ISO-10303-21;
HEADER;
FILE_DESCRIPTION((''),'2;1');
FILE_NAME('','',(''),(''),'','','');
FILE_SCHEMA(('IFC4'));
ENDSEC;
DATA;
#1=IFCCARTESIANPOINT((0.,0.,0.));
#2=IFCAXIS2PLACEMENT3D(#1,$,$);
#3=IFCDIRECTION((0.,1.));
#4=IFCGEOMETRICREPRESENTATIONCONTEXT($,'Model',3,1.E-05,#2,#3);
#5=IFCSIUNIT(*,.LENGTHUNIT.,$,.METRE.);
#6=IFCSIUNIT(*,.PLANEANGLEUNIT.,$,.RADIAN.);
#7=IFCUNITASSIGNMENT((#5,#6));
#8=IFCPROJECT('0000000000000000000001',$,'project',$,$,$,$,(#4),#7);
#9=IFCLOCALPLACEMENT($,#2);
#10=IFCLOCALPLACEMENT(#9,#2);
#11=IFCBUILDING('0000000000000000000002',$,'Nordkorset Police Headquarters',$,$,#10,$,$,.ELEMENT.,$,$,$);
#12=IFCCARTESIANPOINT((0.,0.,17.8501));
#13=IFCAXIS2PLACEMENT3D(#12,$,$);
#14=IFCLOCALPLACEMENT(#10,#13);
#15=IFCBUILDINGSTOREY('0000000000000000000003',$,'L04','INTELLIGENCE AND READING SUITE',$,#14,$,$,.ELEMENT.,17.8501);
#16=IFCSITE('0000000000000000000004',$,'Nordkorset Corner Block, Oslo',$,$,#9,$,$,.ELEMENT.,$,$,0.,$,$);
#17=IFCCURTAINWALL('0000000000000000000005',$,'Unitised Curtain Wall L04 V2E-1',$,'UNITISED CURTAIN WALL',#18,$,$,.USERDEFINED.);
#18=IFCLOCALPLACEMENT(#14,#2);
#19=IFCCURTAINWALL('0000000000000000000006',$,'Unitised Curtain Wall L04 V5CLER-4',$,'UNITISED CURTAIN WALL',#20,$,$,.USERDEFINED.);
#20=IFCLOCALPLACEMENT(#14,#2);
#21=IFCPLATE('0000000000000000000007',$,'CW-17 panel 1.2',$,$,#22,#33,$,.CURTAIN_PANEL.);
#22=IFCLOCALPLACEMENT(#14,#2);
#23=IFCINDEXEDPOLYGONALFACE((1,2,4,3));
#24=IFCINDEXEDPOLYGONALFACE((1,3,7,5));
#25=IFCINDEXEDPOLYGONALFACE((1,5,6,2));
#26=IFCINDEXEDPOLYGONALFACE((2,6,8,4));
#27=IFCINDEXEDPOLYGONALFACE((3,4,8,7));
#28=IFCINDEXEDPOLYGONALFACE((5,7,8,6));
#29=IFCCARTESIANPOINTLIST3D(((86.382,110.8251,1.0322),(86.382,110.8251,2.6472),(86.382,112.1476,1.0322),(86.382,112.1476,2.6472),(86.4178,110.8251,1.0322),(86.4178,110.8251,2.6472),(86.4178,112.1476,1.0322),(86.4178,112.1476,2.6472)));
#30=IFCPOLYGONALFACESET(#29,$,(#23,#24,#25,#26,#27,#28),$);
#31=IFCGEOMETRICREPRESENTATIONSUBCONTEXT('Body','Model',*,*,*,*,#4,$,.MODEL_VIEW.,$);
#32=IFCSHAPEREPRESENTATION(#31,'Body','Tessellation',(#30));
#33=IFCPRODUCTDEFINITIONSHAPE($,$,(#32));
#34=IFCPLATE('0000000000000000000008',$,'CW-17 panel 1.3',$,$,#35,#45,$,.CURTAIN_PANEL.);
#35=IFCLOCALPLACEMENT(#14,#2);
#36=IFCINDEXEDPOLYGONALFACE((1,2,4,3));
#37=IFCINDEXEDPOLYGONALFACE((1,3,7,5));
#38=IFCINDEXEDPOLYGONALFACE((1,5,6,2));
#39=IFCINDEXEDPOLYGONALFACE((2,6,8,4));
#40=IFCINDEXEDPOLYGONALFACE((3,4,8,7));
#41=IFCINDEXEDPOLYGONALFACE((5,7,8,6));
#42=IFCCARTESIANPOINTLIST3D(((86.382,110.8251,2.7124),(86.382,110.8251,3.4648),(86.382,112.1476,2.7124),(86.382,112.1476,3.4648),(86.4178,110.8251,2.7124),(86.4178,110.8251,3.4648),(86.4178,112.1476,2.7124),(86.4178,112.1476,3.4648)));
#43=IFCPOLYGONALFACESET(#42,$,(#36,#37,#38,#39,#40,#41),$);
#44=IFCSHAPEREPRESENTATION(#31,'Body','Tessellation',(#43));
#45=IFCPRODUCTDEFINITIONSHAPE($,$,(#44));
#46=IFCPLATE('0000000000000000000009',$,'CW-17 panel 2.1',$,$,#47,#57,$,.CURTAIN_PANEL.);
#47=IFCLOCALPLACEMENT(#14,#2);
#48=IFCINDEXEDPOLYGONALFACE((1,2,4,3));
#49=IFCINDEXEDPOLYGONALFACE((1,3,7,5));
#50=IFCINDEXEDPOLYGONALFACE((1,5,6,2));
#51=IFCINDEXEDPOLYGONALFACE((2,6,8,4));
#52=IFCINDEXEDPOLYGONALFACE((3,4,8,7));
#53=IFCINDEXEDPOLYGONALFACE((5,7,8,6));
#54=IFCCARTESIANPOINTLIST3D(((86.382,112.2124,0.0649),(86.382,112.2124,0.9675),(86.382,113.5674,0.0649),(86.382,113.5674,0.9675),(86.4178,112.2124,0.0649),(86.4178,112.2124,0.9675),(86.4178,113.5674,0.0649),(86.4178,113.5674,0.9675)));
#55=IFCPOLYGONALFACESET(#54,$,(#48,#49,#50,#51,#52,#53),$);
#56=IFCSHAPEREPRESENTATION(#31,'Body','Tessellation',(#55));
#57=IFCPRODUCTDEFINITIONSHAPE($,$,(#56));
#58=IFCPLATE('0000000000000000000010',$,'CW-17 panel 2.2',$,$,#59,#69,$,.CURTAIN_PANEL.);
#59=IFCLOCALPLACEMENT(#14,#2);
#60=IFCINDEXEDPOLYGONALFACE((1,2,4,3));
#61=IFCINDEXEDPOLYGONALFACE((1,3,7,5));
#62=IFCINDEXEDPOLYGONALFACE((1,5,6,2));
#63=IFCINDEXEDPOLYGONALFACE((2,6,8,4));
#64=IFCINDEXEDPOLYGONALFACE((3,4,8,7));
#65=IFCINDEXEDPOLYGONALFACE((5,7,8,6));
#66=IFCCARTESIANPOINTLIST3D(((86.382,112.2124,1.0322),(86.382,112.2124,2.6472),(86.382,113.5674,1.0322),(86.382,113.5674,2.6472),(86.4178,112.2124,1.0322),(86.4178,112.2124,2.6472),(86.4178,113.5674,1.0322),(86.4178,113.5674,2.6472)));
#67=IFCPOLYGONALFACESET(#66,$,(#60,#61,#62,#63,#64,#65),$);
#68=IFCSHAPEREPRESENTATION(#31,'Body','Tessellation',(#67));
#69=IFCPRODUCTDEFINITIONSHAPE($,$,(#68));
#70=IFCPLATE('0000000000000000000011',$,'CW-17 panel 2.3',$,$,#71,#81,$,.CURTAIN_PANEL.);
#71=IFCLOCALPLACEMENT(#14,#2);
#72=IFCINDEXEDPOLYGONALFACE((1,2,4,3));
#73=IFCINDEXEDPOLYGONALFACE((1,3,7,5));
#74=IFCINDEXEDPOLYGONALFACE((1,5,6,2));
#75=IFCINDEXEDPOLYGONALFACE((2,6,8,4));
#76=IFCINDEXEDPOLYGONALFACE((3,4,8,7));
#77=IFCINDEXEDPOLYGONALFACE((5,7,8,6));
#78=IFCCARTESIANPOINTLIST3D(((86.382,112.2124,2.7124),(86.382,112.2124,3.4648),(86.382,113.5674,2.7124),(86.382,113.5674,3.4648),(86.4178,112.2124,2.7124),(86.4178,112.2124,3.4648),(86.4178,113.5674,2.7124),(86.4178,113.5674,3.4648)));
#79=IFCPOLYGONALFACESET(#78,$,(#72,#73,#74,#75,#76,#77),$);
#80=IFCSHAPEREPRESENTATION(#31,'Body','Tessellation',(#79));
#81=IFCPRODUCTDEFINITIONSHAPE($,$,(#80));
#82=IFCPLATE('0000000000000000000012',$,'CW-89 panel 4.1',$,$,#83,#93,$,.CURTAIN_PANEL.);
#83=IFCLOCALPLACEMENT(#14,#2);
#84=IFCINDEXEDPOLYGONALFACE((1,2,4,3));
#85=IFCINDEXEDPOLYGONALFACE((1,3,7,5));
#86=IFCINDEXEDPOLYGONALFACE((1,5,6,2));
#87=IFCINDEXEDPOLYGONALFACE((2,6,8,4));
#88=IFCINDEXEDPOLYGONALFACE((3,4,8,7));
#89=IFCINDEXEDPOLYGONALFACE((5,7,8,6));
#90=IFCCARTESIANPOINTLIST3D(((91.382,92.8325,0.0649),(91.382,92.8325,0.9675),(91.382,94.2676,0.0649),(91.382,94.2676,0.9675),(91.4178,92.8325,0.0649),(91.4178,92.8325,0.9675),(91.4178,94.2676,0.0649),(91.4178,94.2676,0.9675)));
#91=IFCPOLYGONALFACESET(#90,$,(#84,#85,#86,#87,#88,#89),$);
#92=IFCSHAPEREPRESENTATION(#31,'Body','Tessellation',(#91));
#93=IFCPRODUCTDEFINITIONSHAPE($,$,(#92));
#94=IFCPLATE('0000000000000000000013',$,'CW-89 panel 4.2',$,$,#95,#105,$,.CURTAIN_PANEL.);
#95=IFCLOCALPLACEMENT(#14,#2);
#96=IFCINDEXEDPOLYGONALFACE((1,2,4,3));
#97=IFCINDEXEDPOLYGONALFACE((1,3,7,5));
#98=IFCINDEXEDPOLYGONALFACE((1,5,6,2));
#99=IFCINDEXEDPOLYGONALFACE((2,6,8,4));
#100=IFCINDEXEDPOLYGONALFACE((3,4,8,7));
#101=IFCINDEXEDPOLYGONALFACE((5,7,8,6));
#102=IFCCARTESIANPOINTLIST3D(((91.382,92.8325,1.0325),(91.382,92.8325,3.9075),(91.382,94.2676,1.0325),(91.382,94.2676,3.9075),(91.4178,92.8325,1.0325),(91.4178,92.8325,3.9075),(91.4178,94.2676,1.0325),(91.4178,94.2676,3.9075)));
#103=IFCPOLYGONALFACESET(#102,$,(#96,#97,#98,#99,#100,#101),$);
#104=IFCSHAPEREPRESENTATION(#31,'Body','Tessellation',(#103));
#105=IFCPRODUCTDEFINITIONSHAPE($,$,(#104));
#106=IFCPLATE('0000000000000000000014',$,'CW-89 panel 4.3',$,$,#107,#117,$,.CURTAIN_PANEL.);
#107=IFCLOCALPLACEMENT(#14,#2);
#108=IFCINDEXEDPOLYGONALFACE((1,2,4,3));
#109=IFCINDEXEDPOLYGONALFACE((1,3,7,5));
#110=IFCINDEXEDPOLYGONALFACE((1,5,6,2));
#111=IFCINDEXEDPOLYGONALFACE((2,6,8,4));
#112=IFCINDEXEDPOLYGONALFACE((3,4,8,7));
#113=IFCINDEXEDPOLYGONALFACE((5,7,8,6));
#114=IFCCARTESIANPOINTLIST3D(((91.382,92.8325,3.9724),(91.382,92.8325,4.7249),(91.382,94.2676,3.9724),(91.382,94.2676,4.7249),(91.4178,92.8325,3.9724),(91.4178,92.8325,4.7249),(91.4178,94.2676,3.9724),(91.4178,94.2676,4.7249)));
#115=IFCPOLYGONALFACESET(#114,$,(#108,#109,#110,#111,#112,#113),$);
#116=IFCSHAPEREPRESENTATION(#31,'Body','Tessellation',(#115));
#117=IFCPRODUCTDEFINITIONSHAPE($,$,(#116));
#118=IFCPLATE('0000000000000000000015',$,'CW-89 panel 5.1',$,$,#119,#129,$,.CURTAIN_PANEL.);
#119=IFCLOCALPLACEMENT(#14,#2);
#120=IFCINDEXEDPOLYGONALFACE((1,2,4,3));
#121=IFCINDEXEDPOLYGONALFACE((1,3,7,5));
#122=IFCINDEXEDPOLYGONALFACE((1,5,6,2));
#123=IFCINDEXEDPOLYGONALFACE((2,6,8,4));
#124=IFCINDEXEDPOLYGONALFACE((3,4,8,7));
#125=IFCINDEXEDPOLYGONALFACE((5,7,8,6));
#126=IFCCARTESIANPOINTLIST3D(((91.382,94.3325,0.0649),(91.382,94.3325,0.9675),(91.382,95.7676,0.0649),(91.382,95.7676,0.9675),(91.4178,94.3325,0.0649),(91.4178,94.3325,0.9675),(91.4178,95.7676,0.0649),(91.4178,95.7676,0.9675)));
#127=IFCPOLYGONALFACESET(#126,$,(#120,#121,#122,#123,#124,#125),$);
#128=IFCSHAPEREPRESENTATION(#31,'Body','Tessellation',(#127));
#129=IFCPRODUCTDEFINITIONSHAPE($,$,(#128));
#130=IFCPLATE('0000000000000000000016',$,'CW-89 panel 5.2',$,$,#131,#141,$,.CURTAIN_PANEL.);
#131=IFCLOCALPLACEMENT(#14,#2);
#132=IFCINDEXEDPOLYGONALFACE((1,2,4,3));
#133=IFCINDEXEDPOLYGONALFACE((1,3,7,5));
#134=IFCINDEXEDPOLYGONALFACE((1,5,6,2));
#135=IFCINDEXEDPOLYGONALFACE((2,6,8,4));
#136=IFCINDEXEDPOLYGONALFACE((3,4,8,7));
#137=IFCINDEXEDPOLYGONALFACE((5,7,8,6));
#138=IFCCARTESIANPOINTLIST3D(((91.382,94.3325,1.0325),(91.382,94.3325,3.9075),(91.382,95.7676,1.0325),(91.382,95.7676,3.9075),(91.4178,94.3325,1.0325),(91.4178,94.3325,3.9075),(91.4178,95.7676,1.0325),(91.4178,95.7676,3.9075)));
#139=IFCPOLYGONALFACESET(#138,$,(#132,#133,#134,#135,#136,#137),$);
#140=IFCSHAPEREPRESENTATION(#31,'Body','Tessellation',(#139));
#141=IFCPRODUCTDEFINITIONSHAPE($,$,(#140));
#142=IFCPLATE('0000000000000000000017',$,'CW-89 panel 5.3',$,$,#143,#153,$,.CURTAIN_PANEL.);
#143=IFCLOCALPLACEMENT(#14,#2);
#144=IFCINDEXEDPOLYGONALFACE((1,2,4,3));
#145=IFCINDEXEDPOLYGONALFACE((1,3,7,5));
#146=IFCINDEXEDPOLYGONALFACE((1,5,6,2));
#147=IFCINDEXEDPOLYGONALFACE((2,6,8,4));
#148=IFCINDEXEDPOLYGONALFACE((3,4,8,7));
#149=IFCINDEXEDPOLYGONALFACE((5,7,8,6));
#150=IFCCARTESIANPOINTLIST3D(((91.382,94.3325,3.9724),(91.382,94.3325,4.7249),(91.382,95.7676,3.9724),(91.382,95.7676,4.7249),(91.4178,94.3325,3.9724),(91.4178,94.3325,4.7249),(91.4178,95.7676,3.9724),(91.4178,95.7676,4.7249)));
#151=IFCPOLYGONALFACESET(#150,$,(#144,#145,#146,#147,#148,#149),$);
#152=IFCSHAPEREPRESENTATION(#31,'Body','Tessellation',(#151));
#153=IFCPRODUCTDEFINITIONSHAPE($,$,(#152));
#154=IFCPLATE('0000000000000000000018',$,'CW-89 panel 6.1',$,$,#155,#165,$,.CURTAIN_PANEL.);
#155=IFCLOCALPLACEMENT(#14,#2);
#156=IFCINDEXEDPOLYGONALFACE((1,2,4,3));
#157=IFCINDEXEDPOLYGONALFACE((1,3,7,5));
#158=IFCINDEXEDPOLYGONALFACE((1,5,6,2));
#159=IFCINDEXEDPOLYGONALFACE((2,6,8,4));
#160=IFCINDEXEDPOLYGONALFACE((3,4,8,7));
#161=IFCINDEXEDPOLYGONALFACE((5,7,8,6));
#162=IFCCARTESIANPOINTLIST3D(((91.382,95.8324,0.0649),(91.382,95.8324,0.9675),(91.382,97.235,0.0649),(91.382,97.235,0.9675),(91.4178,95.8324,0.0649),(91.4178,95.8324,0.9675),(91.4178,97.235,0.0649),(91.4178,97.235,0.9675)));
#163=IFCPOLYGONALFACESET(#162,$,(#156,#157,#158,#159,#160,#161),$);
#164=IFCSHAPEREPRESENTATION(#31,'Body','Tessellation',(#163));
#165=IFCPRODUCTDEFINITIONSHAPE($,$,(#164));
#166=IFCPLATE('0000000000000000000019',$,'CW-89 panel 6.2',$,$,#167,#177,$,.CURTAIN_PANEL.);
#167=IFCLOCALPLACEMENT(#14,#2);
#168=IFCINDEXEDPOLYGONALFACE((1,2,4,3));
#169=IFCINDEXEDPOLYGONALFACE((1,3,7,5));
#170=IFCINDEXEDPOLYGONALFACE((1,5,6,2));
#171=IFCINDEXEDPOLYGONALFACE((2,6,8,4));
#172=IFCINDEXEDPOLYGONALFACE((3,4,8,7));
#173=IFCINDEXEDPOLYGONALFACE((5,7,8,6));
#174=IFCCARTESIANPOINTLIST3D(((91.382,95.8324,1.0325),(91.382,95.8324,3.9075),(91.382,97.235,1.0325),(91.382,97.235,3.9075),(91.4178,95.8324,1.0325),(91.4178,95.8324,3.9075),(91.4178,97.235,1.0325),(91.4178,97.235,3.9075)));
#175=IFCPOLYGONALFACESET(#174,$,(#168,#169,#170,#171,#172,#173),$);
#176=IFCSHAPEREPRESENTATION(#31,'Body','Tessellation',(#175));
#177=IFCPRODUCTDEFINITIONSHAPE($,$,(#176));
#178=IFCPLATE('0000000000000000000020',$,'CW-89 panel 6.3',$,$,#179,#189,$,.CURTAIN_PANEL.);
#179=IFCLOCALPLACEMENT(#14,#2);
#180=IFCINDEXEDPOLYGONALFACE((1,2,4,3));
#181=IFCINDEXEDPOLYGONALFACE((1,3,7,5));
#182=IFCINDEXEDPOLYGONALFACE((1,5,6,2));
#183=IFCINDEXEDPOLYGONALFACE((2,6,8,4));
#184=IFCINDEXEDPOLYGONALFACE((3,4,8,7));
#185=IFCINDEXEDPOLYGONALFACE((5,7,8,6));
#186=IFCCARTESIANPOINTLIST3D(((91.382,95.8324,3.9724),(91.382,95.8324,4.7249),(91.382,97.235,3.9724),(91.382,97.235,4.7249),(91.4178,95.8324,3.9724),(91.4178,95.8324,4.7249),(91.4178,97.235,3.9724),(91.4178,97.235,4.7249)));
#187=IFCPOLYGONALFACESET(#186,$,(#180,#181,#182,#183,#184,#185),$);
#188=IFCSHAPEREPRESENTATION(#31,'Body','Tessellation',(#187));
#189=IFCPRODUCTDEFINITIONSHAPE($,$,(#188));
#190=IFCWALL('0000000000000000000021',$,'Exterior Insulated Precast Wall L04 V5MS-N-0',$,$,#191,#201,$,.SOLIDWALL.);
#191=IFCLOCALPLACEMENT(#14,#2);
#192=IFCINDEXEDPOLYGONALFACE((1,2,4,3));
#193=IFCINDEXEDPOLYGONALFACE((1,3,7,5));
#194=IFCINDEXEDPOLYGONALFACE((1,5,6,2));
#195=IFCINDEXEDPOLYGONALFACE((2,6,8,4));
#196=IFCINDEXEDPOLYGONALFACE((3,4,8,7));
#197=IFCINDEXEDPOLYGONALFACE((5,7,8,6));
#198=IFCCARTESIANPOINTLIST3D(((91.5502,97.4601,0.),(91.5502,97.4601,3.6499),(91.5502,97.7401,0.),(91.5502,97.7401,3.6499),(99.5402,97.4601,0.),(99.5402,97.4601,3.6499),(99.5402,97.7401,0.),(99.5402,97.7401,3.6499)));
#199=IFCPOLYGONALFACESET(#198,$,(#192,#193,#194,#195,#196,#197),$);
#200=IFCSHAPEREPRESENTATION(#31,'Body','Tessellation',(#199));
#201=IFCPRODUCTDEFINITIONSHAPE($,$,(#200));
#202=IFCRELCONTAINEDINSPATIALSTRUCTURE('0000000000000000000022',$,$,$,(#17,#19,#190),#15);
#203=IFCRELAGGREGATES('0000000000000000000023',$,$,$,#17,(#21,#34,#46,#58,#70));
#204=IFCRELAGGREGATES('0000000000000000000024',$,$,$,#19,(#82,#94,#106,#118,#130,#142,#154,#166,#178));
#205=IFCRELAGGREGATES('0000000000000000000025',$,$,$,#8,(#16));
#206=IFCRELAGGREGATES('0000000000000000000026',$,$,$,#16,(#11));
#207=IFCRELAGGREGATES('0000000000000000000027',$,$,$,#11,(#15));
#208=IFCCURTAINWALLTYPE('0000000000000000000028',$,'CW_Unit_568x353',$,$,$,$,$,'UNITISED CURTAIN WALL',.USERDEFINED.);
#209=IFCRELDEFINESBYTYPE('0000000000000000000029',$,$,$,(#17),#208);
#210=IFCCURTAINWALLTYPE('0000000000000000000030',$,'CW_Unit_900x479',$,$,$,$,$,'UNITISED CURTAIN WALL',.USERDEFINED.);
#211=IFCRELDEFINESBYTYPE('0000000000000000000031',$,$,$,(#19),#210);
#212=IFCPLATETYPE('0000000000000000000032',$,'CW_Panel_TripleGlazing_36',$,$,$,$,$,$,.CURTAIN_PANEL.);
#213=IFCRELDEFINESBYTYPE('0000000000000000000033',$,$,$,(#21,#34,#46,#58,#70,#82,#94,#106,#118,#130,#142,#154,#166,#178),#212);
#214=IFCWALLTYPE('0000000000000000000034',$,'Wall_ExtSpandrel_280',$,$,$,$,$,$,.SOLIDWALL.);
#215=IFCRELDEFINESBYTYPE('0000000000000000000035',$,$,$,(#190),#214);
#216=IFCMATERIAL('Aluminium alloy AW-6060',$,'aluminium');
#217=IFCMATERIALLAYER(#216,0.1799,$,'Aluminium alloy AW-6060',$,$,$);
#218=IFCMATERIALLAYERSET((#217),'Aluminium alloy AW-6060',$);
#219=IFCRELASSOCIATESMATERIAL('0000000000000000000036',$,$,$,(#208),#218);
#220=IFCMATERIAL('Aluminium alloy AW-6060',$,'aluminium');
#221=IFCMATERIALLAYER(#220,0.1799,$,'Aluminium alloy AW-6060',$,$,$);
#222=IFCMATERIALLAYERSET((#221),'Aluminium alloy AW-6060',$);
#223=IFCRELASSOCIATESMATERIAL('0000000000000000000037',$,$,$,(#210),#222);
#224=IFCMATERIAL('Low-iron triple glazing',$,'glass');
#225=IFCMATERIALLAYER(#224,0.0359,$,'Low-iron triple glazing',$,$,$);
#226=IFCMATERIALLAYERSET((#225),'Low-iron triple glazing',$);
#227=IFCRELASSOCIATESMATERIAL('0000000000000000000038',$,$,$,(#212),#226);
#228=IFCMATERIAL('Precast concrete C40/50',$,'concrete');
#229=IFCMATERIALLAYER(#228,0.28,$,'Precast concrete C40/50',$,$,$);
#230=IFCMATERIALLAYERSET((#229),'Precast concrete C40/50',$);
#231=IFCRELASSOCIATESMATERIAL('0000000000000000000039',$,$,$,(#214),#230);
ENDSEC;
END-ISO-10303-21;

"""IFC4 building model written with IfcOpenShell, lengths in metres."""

from ifc_helpers import new_model, si_unit, direction, frame, frame_2d, origin, origin_2d, place, context, subcontext, project, spatial, rectangle, extrude, material, layer, layer_set, type_object, element, aggregate, save


model = new_model("IFC4")

# Units and contexts
model_context = context("Model", 3, precision=1e-05, world=origin(), true_north=direction((0.0, 1.0)))
body_context = subcontext(model_context, "Body", "Model", "MODEL_VIEW")
ifc_project = project(units=[si_unit("LENGTHUNIT", "METRE"), si_unit("PLANEANGLEUNIT", "RADIAN")], contexts=[model_context])

# Site, building, storey
site_placement = place(None, origin())
site = spatial("IfcSite", under=ifc_project, at=site_placement, Name="Nordkorset Corner Block, Oslo", CompositionType="ELEMENT", RefElevation=0.0)
building_placement = place(site_placement, origin())
building = spatial("IfcBuilding", under=site, at=building_placement, Name="Nordkorset Police Headquarters", CompositionType="ELEMENT")
storey_placement = place(building_placement, frame((0.0, 0.0, 17.8501)))
storey = spatial("IfcBuildingStorey", under=building, at=storey_placement, Name="L04", Description="INTELLIGENCE AND READING SUITE", CompositionType="ELEMENT", Elevation=17.8501)

# Curtain wall
ifc_material_1 = material(Name="Aluminium alloy AW-6060", Category="aluminium")
ifc_layer_1 = layer(ifc_material_1, 0.1799, Name="Aluminium alloy AW-6060")
ifc_layer_set_1 = layer_set([ifc_layer_1], Name="Aluminium alloy AW-6060")
curtain_wall_type_1 = type_object("IfcCurtainWallType", Name="CW_Unit_568x353", ElementType="UNITISED CURTAIN WALL", PredefinedType="USERDEFINED", material=ifc_layer_set_1)
curtain_wall_1_placement = place(storey_placement, origin())
curtain_wall_1 = element("IfcCurtainWall", 1, at=curtain_wall_1_placement, inside=storey, type_object=curtain_wall_type_1, Name="Unitised Curtain Wall L04 V2E-1", ObjectType="UNITISED CURTAIN WALL", PredefinedType="USERDEFINED")

# Curtain wall
ifc_material_2 = material(Name="Aluminium alloy AW-6060", Category="aluminium")
ifc_layer_2 = layer(ifc_material_2, 0.1799, Name="Aluminium alloy AW-6060")
ifc_layer_set_2 = layer_set([ifc_layer_2], Name="Aluminium alloy AW-6060")
curtain_wall_type_2 = type_object("IfcCurtainWallType", Name="CW_Unit_900x479", ElementType="UNITISED CURTAIN WALL", PredefinedType="USERDEFINED", material=ifc_layer_set_2)
curtain_wall_2_placement = place(storey_placement, origin())
curtain_wall_2 = element("IfcCurtainWall", 2, at=curtain_wall_2_placement, inside=storey, type_object=curtain_wall_type_2, Name="Unitised Curtain Wall L04 V5CLER-4", ObjectType="UNITISED CURTAIN WALL", PredefinedType="USERDEFINED")

# Plates
ifc_material_3 = material(Name="Low-iron triple glazing", Category="glass")
ifc_layer_3 = layer(ifc_material_3, 0.0359, Name="Low-iron triple glazing")
ifc_layer_set_3 = layer_set([ifc_layer_3], Name="Low-iron triple glazing")
plate_type = type_object("IfcPlateType", Name="CW_Panel_TripleGlazing_36", PredefinedType="CURTAIN_PANEL", material=ifc_layer_set_3)
plate_1_placement = place(storey_placement, frame((86.3999, 111.4863, 1.0322), z_axis=(0.0, 0.0, 1.0), x_axis=(0.0, 1.0, 0.0)))
plate_1 = element("IfcPlate", 3, at=plate_1_placement, type_object=plate_type, Name="CW-17 panel 1.2", PredefinedType="CURTAIN_PANEL", context=body_context, shape_type="SweptSolid", body=[
    extrude(rectangle(XDim=1.3225, YDim=0.0359, at=origin_2d()), origin(), (0.0, 0.0, 1.0), 1.615),
])
plate_2_placement = place(storey_placement, frame((86.3999, 111.4863, 2.7124), z_axis=(0.0, 0.0, 1.0), x_axis=(0.0, 1.0, 0.0)))
plate_2 = element("IfcPlate", 4, at=plate_2_placement, type_object=plate_type, Name="CW-17 panel 1.3", PredefinedType="CURTAIN_PANEL", context=body_context, shape_type="SweptSolid", body=[
    extrude(rectangle(XDim=1.3225, YDim=0.0359, at=origin_2d()), origin(), (0.0, 0.0, 1.0), 0.7524),
])
plate_3_placement = place(storey_placement, frame((86.3999, 112.8899, 0.0649), z_axis=(0.0, 0.0, 1.0), x_axis=(0.0, 1.0, 0.0)))
plate_3 = element("IfcPlate", 5, at=plate_3_placement, type_object=plate_type, Name="CW-17 panel 2.1", PredefinedType="CURTAIN_PANEL", context=body_context, shape_type="SweptSolid", body=[
    extrude(rectangle(XDim=1.355, YDim=0.0359, at=origin_2d()), origin(), (0.0, 0.0, 1.0), 0.9026),
])
plate_4_placement = place(storey_placement, frame((86.3999, 112.8899, 1.0322), z_axis=(0.0, 0.0, 1.0), x_axis=(0.0, 1.0, 0.0)))
plate_4 = element("IfcPlate", 6, at=plate_4_placement, type_object=plate_type, Name="CW-17 panel 2.2", PredefinedType="CURTAIN_PANEL", context=body_context, shape_type="SweptSolid", body=[
    extrude(rectangle(XDim=1.355, YDim=0.0359, at=origin_2d()), origin(), (0.0, 0.0, 1.0), 1.615),
])
plate_5_placement = place(storey_placement, frame((86.3999, 112.8899, 2.7124), z_axis=(0.0, 0.0, 1.0), x_axis=(0.0, 1.0, 0.0)))
plate_5 = element("IfcPlate", 7, at=plate_5_placement, type_object=plate_type, Name="CW-17 panel 2.3", PredefinedType="CURTAIN_PANEL", context=body_context, shape_type="SweptSolid", body=[
    extrude(rectangle(XDim=1.355, YDim=0.0359, at=origin_2d()), origin(), (0.0, 0.0, 1.0), 0.7524),
])
aggregate(curtain_wall_1, [plate_1, plate_2, plate_3, plate_4, plate_5])
plate_6_placement = place(storey_placement, frame((91.3999, 93.55, 0.0649), z_axis=(0.0, 0.0, 1.0), x_axis=(0.0, 1.0, 0.0)))
plate_6 = element("IfcPlate", 8, at=plate_6_placement, type_object=plate_type, Name="CW-89 panel 4.1", PredefinedType="CURTAIN_PANEL", context=body_context, shape_type="SweptSolid", body=[
    extrude(rectangle(XDim=1.4351, YDim=0.0359, at=origin_2d()), origin(), (0.0, 0.0, 1.0), 0.9026),
])
plate_7_placement = place(storey_placement, frame((91.3999, 93.55, 1.0325), z_axis=(0.0, 0.0, 1.0), x_axis=(0.0, 1.0, 0.0)))
plate_7 = element("IfcPlate", 9, at=plate_7_placement, type_object=plate_type, Name="CW-89 panel 4.2", PredefinedType="CURTAIN_PANEL", context=body_context, shape_type="SweptSolid", body=[
    extrude(rectangle(XDim=1.4351, YDim=0.0359, at=origin_2d()), origin(), (0.0, 0.0, 1.0), 2.875),
])
plate_8_placement = place(storey_placement, frame((91.3999, 93.55, 3.9724), z_axis=(0.0, 0.0, 1.0), x_axis=(0.0, 1.0, 0.0)))
plate_8 = element("IfcPlate", 10, at=plate_8_placement, type_object=plate_type, Name="CW-89 panel 4.3", PredefinedType="CURTAIN_PANEL", context=body_context, shape_type="SweptSolid", body=[
    extrude(rectangle(XDim=1.4351, YDim=0.0359, at=origin_2d()), origin(), (0.0, 0.0, 1.0), 0.7524),
])
plate_9_placement = place(storey_placement, frame((91.3999, 95.05, 0.0649), z_axis=(0.0, 0.0, 1.0), x_axis=(0.0, 1.0, 0.0)))
plate_9 = element("IfcPlate", 11, at=plate_9_placement, type_object=plate_type, Name="CW-89 panel 5.1", PredefinedType="CURTAIN_PANEL", context=body_context, shape_type="SweptSolid", body=[
    extrude(rectangle(XDim=1.4351, YDim=0.0359, at=origin_2d()), origin(), (0.0, 0.0, 1.0), 0.9026),
])
plate_10_placement = place(storey_placement, frame((91.3999, 95.05, 1.0325), z_axis=(0.0, 0.0, 1.0), x_axis=(0.0, 1.0, 0.0)))
plate_10 = element("IfcPlate", 12, at=plate_10_placement, type_object=plate_type, Name="CW-89 panel 5.2", PredefinedType="CURTAIN_PANEL", context=body_context, shape_type="SweptSolid", body=[
    extrude(rectangle(XDim=1.4351, YDim=0.0359, at=origin_2d()), origin(), (0.0, 0.0, 1.0), 2.875),
])
plate_11_placement = place(storey_placement, frame((91.3999, 95.05, 3.9724), z_axis=(0.0, 0.0, 1.0), x_axis=(0.0, 1.0, 0.0)))
plate_11 = element("IfcPlate", 13, at=plate_11_placement, type_object=plate_type, Name="CW-89 panel 5.3", PredefinedType="CURTAIN_PANEL", context=body_context, shape_type="SweptSolid", body=[
    extrude(rectangle(XDim=1.4351, YDim=0.0359, at=origin_2d()), origin(), (0.0, 0.0, 1.0), 0.7524),
])
plate_12_placement = place(storey_placement, frame((91.3999, 96.5337, 0.0649), z_axis=(0.0, 0.0, 1.0), x_axis=(0.0, 1.0, 0.0)))
plate_12 = element("IfcPlate", 14, at=plate_12_placement, type_object=plate_type, Name="CW-89 panel 6.1", PredefinedType="CURTAIN_PANEL", context=body_context, shape_type="SweptSolid", body=[
    extrude(rectangle(XDim=1.4026, YDim=0.0359, at=origin_2d()), origin(), (0.0, 0.0, 1.0), 0.9026),
])
plate_13_placement = place(storey_placement, frame((91.3999, 96.5337, 1.0325), z_axis=(0.0, 0.0, 1.0), x_axis=(0.0, 1.0, 0.0)))
plate_13 = element("IfcPlate", 15, at=plate_13_placement, type_object=plate_type, Name="CW-89 panel 6.2", PredefinedType="CURTAIN_PANEL", context=body_context, shape_type="SweptSolid", body=[
    extrude(rectangle(XDim=1.4026, YDim=0.0359, at=origin_2d()), origin(), (0.0, 0.0, 1.0), 2.875),
])
plate_14_placement = place(storey_placement, frame((91.3999, 96.5337, 3.9724), z_axis=(0.0, 0.0, 1.0), x_axis=(0.0, 1.0, 0.0)))
plate_14 = element("IfcPlate", 16, at=plate_14_placement, type_object=plate_type, Name="CW-89 panel 6.3", PredefinedType="CURTAIN_PANEL", context=body_context, shape_type="SweptSolid", body=[
    extrude(rectangle(XDim=1.4026, YDim=0.0359, at=origin_2d()), origin(), (0.0, 0.0, 1.0), 0.7524),
])
aggregate(curtain_wall_2, [plate_6, plate_7, plate_8, plate_9, plate_10, plate_11, plate_12, plate_13, plate_14])

# Wall
ifc_material_4 = material(Name="Precast concrete C40/50", Category="concrete")
ifc_layer_4 = layer(ifc_material_4, 0.28, Name="Precast concrete C40/50")
ifc_layer_set_4 = layer_set([ifc_layer_4], Name="Precast concrete C40/50")
wall_type = type_object("IfcWallType", Name="Wall_ExtSpandrel_280", PredefinedType="SOLIDWALL", material=ifc_layer_set_4)
wall_1_placement = place(storey_placement, frame((91.55, 97.6001, 0.0), z_axis=(0.0, 0.0, 1.0), x_axis=(1.0, 0.0, 0.0)))
element("IfcWall", 17, at=wall_1_placement, inside=storey, type_object=wall_type, Name="Exterior Insulated Precast Wall L04 V5MS-N-0", PredefinedType="SOLIDWALL", context=body_context, shape_type="SweptSolid", body=[
    extrude(rectangle(XDim=7.99, YDim=0.28, at=frame_2d((3.9951, 0.0))), origin(), (0.0, 0.0, 1.0), 3.6499),
])

save(model, "model.ifc")
